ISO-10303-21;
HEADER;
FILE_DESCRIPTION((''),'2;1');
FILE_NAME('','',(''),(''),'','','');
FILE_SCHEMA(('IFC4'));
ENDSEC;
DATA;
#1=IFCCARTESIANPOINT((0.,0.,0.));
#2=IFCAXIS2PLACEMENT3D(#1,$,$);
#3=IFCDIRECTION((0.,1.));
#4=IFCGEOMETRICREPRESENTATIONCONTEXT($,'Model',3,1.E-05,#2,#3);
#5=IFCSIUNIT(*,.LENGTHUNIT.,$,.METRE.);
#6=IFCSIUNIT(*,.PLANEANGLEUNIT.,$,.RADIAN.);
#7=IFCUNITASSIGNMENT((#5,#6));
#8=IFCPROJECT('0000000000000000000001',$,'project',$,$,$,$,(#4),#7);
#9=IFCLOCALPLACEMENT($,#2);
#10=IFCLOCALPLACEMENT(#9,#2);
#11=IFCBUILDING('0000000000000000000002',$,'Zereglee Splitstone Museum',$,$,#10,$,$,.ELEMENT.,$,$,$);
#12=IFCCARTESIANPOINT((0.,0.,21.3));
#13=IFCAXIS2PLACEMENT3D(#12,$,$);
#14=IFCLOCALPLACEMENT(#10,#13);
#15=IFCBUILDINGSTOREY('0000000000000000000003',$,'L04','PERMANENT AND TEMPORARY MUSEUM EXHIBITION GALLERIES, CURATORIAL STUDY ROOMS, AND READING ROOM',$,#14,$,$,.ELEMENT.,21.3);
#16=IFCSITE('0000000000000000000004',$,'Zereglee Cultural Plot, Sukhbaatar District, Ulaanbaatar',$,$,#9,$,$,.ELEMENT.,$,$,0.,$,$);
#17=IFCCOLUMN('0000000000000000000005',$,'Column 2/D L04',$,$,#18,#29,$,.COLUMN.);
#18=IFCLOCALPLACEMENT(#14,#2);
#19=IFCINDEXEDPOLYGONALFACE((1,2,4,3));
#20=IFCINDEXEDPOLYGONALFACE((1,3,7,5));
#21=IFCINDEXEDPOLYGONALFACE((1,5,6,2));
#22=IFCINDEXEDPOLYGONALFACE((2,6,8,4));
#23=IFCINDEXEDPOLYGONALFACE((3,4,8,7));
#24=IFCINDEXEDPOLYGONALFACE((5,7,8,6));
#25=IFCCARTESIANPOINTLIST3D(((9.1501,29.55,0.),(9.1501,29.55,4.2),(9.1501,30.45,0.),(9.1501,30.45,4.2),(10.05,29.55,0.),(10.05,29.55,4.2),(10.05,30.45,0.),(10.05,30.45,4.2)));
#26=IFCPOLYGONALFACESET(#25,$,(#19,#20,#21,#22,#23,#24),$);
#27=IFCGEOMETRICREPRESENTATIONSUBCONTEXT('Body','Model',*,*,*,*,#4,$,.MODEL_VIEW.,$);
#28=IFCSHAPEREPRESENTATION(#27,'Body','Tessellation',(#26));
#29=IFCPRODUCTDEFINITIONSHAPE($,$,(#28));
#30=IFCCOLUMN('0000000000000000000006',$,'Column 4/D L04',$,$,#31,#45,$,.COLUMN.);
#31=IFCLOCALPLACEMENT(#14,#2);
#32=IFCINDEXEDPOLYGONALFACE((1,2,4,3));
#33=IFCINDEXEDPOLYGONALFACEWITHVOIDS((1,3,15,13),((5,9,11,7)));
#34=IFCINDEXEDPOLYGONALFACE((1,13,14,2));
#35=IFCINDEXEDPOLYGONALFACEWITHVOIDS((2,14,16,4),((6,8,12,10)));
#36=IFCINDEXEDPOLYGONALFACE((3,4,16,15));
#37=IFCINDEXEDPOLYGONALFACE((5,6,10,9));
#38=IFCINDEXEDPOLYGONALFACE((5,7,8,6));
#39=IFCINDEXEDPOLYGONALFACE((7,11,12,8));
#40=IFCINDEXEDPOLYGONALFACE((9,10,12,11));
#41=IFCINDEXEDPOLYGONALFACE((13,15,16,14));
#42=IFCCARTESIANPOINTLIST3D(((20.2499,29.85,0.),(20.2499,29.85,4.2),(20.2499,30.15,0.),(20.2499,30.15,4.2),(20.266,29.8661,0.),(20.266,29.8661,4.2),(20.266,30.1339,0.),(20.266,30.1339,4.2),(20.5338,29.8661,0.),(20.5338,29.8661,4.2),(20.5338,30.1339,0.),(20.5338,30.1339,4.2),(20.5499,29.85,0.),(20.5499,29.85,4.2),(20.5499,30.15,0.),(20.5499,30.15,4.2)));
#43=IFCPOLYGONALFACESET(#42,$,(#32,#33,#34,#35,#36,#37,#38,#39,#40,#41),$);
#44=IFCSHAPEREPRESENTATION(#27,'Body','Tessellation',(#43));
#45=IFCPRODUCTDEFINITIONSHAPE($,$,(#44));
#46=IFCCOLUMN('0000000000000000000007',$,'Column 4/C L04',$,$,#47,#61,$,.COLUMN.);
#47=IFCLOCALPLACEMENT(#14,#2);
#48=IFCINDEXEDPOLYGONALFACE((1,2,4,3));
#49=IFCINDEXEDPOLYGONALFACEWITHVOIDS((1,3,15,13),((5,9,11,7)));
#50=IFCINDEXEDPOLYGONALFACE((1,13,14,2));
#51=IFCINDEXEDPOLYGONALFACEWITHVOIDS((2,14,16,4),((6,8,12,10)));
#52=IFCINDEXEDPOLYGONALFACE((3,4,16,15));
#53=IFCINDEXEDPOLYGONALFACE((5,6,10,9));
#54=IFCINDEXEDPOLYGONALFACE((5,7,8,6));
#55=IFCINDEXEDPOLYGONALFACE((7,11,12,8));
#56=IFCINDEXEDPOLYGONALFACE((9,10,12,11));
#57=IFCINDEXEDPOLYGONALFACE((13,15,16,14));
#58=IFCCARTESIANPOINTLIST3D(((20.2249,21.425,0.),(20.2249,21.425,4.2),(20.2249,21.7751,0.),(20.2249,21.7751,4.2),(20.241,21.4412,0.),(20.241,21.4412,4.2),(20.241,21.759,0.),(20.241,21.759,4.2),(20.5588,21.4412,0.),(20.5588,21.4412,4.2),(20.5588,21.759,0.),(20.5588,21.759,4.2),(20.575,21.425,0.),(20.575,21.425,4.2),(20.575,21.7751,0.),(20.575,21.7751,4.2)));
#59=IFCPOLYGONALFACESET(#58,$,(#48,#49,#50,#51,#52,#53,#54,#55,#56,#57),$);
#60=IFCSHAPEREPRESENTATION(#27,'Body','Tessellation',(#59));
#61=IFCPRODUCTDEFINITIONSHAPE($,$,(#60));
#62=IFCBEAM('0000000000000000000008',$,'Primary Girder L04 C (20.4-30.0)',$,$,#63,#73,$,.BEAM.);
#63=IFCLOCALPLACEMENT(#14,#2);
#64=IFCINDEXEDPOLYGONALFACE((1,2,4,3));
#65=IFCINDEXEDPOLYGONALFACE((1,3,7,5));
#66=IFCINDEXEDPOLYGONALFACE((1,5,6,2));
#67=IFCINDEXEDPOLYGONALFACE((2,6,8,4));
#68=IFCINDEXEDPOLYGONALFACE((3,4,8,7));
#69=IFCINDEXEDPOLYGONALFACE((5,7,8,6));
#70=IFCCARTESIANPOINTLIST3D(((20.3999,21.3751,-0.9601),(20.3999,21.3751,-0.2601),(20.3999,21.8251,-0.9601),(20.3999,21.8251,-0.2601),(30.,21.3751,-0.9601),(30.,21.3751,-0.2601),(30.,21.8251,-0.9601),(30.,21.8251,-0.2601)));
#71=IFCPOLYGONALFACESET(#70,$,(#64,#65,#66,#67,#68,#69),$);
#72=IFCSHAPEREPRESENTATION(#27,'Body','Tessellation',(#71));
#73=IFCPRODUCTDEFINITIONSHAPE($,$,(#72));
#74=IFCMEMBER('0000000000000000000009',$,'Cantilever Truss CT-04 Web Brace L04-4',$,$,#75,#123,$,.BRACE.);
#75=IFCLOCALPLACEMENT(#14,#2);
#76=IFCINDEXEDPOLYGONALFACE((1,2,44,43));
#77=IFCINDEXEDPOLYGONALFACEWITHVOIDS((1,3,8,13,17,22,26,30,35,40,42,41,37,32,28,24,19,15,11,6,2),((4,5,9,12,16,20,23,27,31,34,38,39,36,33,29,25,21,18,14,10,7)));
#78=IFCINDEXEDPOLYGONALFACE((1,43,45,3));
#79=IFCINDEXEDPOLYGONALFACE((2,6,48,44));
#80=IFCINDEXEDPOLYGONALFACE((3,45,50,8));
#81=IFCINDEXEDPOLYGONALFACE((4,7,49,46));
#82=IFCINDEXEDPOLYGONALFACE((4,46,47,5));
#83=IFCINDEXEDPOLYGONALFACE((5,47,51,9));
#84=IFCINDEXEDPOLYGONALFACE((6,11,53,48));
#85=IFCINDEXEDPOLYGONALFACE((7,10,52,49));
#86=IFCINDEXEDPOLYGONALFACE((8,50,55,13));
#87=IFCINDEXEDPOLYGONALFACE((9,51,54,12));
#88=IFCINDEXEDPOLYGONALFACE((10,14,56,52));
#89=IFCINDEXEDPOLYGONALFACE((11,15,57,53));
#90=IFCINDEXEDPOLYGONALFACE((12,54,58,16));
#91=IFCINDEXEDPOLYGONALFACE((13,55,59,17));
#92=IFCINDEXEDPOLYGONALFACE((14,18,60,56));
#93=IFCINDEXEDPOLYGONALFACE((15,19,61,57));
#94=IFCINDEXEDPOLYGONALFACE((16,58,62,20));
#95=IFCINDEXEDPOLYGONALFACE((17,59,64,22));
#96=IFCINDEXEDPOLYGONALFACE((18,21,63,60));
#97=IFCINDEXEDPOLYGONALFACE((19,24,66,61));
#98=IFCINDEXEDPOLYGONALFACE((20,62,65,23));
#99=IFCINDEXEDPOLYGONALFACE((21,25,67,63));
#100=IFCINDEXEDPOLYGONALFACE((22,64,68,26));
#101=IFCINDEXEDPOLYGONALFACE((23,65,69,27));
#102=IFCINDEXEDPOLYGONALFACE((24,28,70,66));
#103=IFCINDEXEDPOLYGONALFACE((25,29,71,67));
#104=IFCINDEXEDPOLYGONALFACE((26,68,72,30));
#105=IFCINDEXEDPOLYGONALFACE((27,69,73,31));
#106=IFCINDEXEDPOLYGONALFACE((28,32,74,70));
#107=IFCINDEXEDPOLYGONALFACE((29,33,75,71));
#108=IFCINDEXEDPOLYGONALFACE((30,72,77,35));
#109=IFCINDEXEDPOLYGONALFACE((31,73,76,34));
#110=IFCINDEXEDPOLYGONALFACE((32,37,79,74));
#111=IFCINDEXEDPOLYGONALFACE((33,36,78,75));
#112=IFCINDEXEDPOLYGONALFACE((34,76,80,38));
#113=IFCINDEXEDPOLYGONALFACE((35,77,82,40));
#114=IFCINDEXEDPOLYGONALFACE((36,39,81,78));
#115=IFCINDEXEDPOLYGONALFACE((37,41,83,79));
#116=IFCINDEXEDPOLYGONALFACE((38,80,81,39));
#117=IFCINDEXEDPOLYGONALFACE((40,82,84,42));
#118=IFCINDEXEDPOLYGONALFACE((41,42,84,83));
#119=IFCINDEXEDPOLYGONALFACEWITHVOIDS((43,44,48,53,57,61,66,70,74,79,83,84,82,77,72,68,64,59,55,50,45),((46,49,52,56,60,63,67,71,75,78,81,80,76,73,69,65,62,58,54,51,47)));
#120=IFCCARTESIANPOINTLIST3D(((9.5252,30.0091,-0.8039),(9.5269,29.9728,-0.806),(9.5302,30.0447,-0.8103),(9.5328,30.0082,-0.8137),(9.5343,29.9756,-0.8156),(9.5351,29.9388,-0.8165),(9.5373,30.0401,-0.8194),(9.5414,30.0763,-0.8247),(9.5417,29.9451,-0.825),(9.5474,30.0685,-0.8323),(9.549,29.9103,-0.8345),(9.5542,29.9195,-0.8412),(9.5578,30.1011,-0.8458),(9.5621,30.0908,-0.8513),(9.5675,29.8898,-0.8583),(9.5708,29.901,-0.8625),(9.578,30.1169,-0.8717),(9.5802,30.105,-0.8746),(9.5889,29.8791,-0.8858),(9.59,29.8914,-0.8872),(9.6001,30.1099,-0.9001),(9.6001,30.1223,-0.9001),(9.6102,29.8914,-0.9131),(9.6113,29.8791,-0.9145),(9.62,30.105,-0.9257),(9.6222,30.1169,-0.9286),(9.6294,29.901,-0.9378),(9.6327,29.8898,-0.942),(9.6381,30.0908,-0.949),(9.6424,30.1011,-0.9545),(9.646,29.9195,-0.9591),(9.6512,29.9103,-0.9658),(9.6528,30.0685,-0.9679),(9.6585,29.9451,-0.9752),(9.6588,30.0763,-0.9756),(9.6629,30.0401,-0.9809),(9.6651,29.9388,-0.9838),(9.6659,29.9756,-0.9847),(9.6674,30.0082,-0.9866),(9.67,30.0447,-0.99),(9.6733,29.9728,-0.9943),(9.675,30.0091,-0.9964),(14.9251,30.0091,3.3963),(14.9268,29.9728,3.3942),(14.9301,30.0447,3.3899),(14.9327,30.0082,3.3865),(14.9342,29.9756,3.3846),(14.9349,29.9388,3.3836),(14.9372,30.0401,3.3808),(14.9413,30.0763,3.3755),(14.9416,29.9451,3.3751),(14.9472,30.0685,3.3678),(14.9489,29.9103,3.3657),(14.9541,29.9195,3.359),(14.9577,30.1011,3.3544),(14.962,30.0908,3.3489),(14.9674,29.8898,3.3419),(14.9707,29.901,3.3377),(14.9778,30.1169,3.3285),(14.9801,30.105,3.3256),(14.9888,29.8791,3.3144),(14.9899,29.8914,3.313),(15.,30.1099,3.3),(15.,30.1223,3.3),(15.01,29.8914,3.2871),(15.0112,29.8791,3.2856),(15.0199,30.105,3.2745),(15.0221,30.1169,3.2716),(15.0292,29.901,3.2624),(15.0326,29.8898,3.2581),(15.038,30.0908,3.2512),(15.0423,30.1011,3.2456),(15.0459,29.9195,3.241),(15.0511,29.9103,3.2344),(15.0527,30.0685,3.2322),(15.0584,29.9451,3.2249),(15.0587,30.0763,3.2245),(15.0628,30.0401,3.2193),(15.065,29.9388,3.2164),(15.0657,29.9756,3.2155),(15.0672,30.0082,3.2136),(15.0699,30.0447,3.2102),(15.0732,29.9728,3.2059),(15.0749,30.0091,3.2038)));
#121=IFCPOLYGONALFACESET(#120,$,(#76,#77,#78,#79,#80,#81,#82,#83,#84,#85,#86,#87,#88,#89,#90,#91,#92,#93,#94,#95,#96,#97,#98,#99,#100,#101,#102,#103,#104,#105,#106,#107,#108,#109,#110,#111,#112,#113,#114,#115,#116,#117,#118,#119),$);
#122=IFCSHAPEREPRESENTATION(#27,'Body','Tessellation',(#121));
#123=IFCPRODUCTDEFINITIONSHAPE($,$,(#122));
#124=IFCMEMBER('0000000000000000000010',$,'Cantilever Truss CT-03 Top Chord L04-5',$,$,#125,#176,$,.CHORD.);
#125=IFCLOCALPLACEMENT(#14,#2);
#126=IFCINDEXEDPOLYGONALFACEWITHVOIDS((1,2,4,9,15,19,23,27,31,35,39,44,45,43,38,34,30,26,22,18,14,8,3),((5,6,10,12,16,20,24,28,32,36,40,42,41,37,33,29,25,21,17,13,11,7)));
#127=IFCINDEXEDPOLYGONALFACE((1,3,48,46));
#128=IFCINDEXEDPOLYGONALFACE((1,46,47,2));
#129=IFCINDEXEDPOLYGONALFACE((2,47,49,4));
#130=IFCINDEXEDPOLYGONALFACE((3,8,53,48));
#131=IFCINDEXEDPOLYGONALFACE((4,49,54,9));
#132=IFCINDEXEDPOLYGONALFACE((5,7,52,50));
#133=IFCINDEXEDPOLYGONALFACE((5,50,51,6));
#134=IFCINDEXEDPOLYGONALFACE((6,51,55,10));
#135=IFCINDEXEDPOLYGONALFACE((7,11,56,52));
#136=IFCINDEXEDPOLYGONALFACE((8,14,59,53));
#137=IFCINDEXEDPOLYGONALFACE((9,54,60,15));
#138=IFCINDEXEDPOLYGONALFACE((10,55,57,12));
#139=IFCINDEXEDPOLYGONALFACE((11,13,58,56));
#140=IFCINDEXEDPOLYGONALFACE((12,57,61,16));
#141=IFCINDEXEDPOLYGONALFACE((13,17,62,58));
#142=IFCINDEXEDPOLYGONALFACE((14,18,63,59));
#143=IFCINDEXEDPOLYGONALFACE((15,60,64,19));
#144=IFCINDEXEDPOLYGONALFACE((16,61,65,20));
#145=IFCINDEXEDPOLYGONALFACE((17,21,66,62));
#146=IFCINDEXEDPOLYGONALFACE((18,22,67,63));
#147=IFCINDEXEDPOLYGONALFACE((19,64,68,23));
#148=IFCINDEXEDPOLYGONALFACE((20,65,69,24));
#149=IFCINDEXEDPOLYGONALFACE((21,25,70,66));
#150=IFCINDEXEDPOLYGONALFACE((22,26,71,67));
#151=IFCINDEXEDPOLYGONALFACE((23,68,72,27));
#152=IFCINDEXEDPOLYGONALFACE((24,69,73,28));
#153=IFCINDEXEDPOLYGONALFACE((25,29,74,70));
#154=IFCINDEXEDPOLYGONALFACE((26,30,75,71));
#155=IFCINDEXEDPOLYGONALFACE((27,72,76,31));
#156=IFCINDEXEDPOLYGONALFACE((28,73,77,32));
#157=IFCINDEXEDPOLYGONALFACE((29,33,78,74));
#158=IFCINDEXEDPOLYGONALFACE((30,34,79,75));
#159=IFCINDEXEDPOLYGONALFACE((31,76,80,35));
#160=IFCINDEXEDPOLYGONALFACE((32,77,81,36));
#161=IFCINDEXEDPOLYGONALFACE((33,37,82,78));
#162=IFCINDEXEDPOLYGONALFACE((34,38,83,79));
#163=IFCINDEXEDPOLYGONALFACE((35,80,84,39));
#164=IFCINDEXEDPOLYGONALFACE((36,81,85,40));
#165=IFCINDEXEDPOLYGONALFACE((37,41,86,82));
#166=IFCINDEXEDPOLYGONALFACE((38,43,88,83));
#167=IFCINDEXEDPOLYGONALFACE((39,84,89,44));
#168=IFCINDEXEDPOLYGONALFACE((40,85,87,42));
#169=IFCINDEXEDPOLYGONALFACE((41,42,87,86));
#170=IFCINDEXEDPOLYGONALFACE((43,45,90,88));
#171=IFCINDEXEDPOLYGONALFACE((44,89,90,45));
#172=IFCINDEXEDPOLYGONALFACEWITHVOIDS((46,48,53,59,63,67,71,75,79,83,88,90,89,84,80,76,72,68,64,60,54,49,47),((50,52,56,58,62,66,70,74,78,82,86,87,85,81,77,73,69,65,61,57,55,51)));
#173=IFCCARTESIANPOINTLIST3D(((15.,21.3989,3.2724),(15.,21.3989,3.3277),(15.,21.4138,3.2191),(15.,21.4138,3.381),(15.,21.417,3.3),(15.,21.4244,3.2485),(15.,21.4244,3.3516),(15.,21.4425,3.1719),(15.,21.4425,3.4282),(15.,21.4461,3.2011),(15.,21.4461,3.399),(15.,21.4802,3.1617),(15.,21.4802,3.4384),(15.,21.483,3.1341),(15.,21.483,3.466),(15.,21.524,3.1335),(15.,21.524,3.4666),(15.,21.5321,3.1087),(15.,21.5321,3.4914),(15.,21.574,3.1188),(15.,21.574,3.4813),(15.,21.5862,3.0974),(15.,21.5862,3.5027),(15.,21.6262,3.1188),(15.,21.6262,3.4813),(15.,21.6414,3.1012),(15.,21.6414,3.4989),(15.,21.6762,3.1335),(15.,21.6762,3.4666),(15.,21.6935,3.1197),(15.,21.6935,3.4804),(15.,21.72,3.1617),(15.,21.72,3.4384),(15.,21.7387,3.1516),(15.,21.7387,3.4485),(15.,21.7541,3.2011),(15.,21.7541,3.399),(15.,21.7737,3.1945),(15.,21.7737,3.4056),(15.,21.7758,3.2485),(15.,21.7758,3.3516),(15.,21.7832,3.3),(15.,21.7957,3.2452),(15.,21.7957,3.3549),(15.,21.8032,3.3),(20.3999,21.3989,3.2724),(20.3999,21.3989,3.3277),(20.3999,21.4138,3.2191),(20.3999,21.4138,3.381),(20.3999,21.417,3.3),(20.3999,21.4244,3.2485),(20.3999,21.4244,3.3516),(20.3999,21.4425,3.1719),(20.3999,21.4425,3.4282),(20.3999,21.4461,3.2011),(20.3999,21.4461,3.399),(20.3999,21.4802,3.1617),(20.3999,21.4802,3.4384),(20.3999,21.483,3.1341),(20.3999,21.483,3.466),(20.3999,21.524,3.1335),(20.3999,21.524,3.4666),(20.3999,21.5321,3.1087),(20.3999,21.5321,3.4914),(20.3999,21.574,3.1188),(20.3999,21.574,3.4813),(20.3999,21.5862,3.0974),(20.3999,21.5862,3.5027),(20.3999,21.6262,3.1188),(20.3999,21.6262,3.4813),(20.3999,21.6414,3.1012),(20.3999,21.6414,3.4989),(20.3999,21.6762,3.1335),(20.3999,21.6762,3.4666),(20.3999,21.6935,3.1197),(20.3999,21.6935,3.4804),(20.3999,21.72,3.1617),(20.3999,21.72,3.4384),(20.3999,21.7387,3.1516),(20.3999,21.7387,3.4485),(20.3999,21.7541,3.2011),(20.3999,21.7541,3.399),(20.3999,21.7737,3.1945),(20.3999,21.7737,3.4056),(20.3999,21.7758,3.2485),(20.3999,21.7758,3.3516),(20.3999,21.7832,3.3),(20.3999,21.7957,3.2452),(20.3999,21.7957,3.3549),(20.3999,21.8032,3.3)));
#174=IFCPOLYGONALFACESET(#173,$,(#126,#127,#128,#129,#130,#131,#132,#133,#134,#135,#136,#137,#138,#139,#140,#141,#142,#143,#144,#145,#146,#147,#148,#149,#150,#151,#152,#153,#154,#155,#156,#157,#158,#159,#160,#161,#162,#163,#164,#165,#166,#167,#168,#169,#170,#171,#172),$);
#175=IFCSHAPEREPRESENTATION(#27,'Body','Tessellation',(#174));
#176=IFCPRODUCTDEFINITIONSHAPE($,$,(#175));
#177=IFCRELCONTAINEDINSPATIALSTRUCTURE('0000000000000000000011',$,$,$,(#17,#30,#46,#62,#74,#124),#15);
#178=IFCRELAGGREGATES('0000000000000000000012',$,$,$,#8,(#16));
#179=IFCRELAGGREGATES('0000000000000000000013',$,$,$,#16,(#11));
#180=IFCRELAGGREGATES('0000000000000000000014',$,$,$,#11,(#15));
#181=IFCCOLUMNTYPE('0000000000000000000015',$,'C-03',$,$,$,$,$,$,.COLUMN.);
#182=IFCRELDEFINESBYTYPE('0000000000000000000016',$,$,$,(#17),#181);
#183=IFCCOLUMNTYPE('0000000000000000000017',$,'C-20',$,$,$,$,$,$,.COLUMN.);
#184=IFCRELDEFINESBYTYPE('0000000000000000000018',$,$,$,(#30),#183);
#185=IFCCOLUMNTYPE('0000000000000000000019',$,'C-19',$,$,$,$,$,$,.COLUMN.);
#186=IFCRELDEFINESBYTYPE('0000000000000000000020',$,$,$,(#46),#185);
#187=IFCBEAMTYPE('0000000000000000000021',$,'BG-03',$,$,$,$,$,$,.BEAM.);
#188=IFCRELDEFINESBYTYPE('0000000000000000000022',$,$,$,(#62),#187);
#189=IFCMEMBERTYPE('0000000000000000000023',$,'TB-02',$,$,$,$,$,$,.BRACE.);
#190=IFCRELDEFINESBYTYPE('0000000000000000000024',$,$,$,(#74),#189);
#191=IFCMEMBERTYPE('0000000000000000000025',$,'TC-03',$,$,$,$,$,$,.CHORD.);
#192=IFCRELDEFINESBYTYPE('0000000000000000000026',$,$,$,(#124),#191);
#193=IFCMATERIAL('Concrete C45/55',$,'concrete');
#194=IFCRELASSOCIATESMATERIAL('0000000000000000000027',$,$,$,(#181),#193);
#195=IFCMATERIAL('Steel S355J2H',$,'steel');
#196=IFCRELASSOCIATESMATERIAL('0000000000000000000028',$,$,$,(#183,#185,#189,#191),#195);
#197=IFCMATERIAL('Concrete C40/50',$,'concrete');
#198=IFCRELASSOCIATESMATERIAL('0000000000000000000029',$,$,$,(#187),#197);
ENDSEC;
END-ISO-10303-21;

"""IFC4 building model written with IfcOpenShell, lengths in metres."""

from ifc_helpers import new_model, si_unit, direction, frame, origin, origin_2d, place, context, subcontext, project, spatial, rectangle, hollow_rectangle, hollow_circle, extrude, material, material_profile, profile_set, type_object, element, save


model = new_model("IFC4")

# Units and contexts
model_context = context("Model", 3, precision=1e-05, world=origin(), true_north=direction((0.0, 1.0)))
body_context = subcontext(model_context, "Body", "Model", "MODEL_VIEW")
ifc_project = project(units=[si_unit("LENGTHUNIT", "METRE"), si_unit("PLANEANGLEUNIT", "RADIAN")], contexts=[model_context])

# Site, building, storey
site_placement = place(None, origin())
site = spatial("IfcSite", under=ifc_project, at=site_placement, Name="Zereglee Cultural Plot, Sukhbaatar District, Ulaanbaatar", CompositionType="ELEMENT", RefElevation=0.0)
building_placement = place(site_placement, origin())
building = spatial("IfcBuilding", under=site, at=building_placement, Name="Zereglee Splitstone Museum", CompositionType="ELEMENT")
storey_placement = place(building_placement, frame((0.0, 0.0, 21.3)))
storey = spatial("IfcBuildingStorey", under=building, at=storey_placement, Name="L04", Description="PERMANENT AND TEMPORARY MUSEUM EXHIBITION GALLERIES, CURATORIAL STUDY ROOMS, AND READING ROOM", CompositionType="ELEMENT", Elevation=21.3)

# Columns
ifc_material_1 = material(Name="Concrete C45/55", Category="concrete")
ifc_material_profile_1 = material_profile(ifc_material_1, rectangle(XDim=0.8999, YDim=0.8999, at=origin_2d()), Name="RC 900x900")
ifc_profile_set_1 = profile_set([ifc_material_profile_1], Name="Concrete C45/55")
column_type_1 = type_object("IfcColumnType", Name="C-03", PredefinedType="COLUMN", material=ifc_profile_set_1)
column_1_placement = place(storey_placement, frame((9.6001, 30.0, 0.0), z_axis=(0.0, 0.0, 1.0), x_axis=(1.0, 0.0, 0.0)))
element("IfcColumn", 1, at=column_1_placement, inside=storey, type_object=column_type_1, Name="Column 2/D L04", PredefinedType="COLUMN", context=body_context, shape_type="SweptSolid", body=[
    extrude(rectangle(XDim=0.8999, YDim=0.8999, at=origin_2d()), origin(), (0.0, 0.0, 1.0), 4.2),
])
ifc_material_2 = material(Name="Steel S355J2H", Category="steel")
ifc_material_profile_2 = material_profile(ifc_material_2, hollow_rectangle(XDim=0.3, YDim=0.3, WallThickness=0.0161, at=origin_2d()), Name="SHS 300x300x16")
ifc_profile_set_2 = profile_set([ifc_material_profile_2], Name="Steel S355J2H")
column_type_2 = type_object("IfcColumnType", Name="C-20", PredefinedType="COLUMN", material=ifc_profile_set_2)
column_2_placement = place(storey_placement, frame((20.3999, 30.0, 0.0), z_axis=(0.0, 0.0, 1.0), x_axis=(1.0, 0.0, 0.0)))
element("IfcColumn", 2, at=column_2_placement, inside=storey, type_object=column_type_2, Name="Column 4/D L04", PredefinedType="COLUMN", context=body_context, shape_type="SweptSolid", body=[
    extrude(hollow_rectangle(XDim=0.3, YDim=0.3, WallThickness=0.0161, at=origin_2d()), origin(), (0.0, 0.0, 1.0), 4.2),
])
ifc_material_profile_3 = material_profile(ifc_material_2, hollow_rectangle(XDim=0.3501, YDim=0.3501, WallThickness=0.0161, at=origin_2d()), Name="SHS 350x350x16")
ifc_profile_set_3 = profile_set([ifc_material_profile_3], Name="Steel S355J2H")
column_type_3 = type_object("IfcColumnType", Name="C-19", PredefinedType="COLUMN", material=ifc_profile_set_3)
column_3_placement = place(storey_placement, frame((20.3999, 21.6001, 0.0), z_axis=(0.0, 0.0, 1.0), x_axis=(1.0, 0.0, 0.0)))
element("IfcColumn", 3, at=column_3_placement, inside=storey, type_object=column_type_3, Name="Column 4/C L04", PredefinedType="COLUMN", context=body_context, shape_type="SweptSolid", body=[
    extrude(hollow_rectangle(XDim=0.3501, YDim=0.3501, WallThickness=0.0161, at=origin_2d()), origin(), (0.0, 0.0, 1.0), 4.2),
])

# Beam
ifc_material_3 = material(Name="Concrete C40/50", Category="concrete")
ifc_material_profile_4 = material_profile(ifc_material_3, rectangle(XDim=0.45, YDim=0.7, at=origin_2d()), Name="RC 450x700")
ifc_profile_set_4 = profile_set([ifc_material_profile_4], Name="Concrete C40/50")
beam_type_1 = type_object("IfcBeamType", Name="BG-03", PredefinedType="BEAM", material=ifc_profile_set_4)
beam_1_placement = place(storey_placement, frame((20.3999, 21.6001, -0.6101), z_axis=(1.0, 0.0, 0.0), x_axis=(0.0, 1.0, 0.0)))
element("IfcBeam", 4, at=beam_1_placement, inside=storey, type_object=beam_type_1, Name="Primary Girder L04 C (20.4-30.0)", PredefinedType="BEAM", context=body_context, shape_type="SweptSolid", body=[
    extrude(rectangle(XDim=0.45, YDim=0.7, at=origin_2d()), origin(), (0.0, 0.0, 1.0), 9.6001),
])

# Members
ifc_material_profile_5 = material_profile(ifc_material_2, hollow_circle(Radius=0.1223, WallThickness=0.0125, at=origin_2d()), Name="CHS 244.5x12.5")
ifc_profile_set_5 = profile_set([ifc_material_profile_5], Name="Steel S355J2H")
member_type_1 = type_object("IfcMemberType", Name="TB-02", PredefinedType="BRACE", material=ifc_profile_set_5)
member_1_placement = place(storey_placement, frame((9.6001, 30.0, -0.9001), z_axis=(0.789333, 0.0, 0.613965), x_axis=(0.0, 1.0, 0.0)))
element("IfcMember", 5, at=member_1_placement, inside=storey, type_object=member_type_1, Name="Cantilever Truss CT-04 Web Brace L04-4", PredefinedType="BRACE", context=body_context, shape_type="SweptSolid", body=[
    extrude(hollow_circle(Radius=0.1223, WallThickness=0.0125, at=origin_2d()), origin(), (0.0, 0.0, 1.0), 6.8411),
])
ifc_material_profile_6 = material_profile(ifc_material_2, hollow_circle(Radius=0.2031, WallThickness=0.02, at=origin_2d()), Name="CHS 406.4x20")
ifc_profile_set_6 = profile_set([ifc_material_profile_6], Name="Steel S355J2H")
member_type_2 = type_object("IfcMemberType", Name="TC-03", PredefinedType="CHORD", material=ifc_profile_set_6)
for number, where, z_axis, x_axis, name in (
    (6, (15.0, 21.6001, 3.3), (1.0, 0.0, 0.0), (0.0, 1.0, 0.0), "Cantilever Truss CT-03 Top Chord L04-5"),
):
    element("IfcMember", number, at=place(storey_placement, frame(where, z_axis=z_axis, x_axis=x_axis)), inside=storey, type_object=member_type_2, Name=name, PredefinedType="CHORD", context=body_context, shape_type="SweptSolid", body=[
        extrude(hollow_circle(Radius=0.2031, WallThickness=0.02, at=origin_2d()), origin(), (0.0, 0.0, 1.0), 5.3999),
    ])

save(model, "model.ifc")
